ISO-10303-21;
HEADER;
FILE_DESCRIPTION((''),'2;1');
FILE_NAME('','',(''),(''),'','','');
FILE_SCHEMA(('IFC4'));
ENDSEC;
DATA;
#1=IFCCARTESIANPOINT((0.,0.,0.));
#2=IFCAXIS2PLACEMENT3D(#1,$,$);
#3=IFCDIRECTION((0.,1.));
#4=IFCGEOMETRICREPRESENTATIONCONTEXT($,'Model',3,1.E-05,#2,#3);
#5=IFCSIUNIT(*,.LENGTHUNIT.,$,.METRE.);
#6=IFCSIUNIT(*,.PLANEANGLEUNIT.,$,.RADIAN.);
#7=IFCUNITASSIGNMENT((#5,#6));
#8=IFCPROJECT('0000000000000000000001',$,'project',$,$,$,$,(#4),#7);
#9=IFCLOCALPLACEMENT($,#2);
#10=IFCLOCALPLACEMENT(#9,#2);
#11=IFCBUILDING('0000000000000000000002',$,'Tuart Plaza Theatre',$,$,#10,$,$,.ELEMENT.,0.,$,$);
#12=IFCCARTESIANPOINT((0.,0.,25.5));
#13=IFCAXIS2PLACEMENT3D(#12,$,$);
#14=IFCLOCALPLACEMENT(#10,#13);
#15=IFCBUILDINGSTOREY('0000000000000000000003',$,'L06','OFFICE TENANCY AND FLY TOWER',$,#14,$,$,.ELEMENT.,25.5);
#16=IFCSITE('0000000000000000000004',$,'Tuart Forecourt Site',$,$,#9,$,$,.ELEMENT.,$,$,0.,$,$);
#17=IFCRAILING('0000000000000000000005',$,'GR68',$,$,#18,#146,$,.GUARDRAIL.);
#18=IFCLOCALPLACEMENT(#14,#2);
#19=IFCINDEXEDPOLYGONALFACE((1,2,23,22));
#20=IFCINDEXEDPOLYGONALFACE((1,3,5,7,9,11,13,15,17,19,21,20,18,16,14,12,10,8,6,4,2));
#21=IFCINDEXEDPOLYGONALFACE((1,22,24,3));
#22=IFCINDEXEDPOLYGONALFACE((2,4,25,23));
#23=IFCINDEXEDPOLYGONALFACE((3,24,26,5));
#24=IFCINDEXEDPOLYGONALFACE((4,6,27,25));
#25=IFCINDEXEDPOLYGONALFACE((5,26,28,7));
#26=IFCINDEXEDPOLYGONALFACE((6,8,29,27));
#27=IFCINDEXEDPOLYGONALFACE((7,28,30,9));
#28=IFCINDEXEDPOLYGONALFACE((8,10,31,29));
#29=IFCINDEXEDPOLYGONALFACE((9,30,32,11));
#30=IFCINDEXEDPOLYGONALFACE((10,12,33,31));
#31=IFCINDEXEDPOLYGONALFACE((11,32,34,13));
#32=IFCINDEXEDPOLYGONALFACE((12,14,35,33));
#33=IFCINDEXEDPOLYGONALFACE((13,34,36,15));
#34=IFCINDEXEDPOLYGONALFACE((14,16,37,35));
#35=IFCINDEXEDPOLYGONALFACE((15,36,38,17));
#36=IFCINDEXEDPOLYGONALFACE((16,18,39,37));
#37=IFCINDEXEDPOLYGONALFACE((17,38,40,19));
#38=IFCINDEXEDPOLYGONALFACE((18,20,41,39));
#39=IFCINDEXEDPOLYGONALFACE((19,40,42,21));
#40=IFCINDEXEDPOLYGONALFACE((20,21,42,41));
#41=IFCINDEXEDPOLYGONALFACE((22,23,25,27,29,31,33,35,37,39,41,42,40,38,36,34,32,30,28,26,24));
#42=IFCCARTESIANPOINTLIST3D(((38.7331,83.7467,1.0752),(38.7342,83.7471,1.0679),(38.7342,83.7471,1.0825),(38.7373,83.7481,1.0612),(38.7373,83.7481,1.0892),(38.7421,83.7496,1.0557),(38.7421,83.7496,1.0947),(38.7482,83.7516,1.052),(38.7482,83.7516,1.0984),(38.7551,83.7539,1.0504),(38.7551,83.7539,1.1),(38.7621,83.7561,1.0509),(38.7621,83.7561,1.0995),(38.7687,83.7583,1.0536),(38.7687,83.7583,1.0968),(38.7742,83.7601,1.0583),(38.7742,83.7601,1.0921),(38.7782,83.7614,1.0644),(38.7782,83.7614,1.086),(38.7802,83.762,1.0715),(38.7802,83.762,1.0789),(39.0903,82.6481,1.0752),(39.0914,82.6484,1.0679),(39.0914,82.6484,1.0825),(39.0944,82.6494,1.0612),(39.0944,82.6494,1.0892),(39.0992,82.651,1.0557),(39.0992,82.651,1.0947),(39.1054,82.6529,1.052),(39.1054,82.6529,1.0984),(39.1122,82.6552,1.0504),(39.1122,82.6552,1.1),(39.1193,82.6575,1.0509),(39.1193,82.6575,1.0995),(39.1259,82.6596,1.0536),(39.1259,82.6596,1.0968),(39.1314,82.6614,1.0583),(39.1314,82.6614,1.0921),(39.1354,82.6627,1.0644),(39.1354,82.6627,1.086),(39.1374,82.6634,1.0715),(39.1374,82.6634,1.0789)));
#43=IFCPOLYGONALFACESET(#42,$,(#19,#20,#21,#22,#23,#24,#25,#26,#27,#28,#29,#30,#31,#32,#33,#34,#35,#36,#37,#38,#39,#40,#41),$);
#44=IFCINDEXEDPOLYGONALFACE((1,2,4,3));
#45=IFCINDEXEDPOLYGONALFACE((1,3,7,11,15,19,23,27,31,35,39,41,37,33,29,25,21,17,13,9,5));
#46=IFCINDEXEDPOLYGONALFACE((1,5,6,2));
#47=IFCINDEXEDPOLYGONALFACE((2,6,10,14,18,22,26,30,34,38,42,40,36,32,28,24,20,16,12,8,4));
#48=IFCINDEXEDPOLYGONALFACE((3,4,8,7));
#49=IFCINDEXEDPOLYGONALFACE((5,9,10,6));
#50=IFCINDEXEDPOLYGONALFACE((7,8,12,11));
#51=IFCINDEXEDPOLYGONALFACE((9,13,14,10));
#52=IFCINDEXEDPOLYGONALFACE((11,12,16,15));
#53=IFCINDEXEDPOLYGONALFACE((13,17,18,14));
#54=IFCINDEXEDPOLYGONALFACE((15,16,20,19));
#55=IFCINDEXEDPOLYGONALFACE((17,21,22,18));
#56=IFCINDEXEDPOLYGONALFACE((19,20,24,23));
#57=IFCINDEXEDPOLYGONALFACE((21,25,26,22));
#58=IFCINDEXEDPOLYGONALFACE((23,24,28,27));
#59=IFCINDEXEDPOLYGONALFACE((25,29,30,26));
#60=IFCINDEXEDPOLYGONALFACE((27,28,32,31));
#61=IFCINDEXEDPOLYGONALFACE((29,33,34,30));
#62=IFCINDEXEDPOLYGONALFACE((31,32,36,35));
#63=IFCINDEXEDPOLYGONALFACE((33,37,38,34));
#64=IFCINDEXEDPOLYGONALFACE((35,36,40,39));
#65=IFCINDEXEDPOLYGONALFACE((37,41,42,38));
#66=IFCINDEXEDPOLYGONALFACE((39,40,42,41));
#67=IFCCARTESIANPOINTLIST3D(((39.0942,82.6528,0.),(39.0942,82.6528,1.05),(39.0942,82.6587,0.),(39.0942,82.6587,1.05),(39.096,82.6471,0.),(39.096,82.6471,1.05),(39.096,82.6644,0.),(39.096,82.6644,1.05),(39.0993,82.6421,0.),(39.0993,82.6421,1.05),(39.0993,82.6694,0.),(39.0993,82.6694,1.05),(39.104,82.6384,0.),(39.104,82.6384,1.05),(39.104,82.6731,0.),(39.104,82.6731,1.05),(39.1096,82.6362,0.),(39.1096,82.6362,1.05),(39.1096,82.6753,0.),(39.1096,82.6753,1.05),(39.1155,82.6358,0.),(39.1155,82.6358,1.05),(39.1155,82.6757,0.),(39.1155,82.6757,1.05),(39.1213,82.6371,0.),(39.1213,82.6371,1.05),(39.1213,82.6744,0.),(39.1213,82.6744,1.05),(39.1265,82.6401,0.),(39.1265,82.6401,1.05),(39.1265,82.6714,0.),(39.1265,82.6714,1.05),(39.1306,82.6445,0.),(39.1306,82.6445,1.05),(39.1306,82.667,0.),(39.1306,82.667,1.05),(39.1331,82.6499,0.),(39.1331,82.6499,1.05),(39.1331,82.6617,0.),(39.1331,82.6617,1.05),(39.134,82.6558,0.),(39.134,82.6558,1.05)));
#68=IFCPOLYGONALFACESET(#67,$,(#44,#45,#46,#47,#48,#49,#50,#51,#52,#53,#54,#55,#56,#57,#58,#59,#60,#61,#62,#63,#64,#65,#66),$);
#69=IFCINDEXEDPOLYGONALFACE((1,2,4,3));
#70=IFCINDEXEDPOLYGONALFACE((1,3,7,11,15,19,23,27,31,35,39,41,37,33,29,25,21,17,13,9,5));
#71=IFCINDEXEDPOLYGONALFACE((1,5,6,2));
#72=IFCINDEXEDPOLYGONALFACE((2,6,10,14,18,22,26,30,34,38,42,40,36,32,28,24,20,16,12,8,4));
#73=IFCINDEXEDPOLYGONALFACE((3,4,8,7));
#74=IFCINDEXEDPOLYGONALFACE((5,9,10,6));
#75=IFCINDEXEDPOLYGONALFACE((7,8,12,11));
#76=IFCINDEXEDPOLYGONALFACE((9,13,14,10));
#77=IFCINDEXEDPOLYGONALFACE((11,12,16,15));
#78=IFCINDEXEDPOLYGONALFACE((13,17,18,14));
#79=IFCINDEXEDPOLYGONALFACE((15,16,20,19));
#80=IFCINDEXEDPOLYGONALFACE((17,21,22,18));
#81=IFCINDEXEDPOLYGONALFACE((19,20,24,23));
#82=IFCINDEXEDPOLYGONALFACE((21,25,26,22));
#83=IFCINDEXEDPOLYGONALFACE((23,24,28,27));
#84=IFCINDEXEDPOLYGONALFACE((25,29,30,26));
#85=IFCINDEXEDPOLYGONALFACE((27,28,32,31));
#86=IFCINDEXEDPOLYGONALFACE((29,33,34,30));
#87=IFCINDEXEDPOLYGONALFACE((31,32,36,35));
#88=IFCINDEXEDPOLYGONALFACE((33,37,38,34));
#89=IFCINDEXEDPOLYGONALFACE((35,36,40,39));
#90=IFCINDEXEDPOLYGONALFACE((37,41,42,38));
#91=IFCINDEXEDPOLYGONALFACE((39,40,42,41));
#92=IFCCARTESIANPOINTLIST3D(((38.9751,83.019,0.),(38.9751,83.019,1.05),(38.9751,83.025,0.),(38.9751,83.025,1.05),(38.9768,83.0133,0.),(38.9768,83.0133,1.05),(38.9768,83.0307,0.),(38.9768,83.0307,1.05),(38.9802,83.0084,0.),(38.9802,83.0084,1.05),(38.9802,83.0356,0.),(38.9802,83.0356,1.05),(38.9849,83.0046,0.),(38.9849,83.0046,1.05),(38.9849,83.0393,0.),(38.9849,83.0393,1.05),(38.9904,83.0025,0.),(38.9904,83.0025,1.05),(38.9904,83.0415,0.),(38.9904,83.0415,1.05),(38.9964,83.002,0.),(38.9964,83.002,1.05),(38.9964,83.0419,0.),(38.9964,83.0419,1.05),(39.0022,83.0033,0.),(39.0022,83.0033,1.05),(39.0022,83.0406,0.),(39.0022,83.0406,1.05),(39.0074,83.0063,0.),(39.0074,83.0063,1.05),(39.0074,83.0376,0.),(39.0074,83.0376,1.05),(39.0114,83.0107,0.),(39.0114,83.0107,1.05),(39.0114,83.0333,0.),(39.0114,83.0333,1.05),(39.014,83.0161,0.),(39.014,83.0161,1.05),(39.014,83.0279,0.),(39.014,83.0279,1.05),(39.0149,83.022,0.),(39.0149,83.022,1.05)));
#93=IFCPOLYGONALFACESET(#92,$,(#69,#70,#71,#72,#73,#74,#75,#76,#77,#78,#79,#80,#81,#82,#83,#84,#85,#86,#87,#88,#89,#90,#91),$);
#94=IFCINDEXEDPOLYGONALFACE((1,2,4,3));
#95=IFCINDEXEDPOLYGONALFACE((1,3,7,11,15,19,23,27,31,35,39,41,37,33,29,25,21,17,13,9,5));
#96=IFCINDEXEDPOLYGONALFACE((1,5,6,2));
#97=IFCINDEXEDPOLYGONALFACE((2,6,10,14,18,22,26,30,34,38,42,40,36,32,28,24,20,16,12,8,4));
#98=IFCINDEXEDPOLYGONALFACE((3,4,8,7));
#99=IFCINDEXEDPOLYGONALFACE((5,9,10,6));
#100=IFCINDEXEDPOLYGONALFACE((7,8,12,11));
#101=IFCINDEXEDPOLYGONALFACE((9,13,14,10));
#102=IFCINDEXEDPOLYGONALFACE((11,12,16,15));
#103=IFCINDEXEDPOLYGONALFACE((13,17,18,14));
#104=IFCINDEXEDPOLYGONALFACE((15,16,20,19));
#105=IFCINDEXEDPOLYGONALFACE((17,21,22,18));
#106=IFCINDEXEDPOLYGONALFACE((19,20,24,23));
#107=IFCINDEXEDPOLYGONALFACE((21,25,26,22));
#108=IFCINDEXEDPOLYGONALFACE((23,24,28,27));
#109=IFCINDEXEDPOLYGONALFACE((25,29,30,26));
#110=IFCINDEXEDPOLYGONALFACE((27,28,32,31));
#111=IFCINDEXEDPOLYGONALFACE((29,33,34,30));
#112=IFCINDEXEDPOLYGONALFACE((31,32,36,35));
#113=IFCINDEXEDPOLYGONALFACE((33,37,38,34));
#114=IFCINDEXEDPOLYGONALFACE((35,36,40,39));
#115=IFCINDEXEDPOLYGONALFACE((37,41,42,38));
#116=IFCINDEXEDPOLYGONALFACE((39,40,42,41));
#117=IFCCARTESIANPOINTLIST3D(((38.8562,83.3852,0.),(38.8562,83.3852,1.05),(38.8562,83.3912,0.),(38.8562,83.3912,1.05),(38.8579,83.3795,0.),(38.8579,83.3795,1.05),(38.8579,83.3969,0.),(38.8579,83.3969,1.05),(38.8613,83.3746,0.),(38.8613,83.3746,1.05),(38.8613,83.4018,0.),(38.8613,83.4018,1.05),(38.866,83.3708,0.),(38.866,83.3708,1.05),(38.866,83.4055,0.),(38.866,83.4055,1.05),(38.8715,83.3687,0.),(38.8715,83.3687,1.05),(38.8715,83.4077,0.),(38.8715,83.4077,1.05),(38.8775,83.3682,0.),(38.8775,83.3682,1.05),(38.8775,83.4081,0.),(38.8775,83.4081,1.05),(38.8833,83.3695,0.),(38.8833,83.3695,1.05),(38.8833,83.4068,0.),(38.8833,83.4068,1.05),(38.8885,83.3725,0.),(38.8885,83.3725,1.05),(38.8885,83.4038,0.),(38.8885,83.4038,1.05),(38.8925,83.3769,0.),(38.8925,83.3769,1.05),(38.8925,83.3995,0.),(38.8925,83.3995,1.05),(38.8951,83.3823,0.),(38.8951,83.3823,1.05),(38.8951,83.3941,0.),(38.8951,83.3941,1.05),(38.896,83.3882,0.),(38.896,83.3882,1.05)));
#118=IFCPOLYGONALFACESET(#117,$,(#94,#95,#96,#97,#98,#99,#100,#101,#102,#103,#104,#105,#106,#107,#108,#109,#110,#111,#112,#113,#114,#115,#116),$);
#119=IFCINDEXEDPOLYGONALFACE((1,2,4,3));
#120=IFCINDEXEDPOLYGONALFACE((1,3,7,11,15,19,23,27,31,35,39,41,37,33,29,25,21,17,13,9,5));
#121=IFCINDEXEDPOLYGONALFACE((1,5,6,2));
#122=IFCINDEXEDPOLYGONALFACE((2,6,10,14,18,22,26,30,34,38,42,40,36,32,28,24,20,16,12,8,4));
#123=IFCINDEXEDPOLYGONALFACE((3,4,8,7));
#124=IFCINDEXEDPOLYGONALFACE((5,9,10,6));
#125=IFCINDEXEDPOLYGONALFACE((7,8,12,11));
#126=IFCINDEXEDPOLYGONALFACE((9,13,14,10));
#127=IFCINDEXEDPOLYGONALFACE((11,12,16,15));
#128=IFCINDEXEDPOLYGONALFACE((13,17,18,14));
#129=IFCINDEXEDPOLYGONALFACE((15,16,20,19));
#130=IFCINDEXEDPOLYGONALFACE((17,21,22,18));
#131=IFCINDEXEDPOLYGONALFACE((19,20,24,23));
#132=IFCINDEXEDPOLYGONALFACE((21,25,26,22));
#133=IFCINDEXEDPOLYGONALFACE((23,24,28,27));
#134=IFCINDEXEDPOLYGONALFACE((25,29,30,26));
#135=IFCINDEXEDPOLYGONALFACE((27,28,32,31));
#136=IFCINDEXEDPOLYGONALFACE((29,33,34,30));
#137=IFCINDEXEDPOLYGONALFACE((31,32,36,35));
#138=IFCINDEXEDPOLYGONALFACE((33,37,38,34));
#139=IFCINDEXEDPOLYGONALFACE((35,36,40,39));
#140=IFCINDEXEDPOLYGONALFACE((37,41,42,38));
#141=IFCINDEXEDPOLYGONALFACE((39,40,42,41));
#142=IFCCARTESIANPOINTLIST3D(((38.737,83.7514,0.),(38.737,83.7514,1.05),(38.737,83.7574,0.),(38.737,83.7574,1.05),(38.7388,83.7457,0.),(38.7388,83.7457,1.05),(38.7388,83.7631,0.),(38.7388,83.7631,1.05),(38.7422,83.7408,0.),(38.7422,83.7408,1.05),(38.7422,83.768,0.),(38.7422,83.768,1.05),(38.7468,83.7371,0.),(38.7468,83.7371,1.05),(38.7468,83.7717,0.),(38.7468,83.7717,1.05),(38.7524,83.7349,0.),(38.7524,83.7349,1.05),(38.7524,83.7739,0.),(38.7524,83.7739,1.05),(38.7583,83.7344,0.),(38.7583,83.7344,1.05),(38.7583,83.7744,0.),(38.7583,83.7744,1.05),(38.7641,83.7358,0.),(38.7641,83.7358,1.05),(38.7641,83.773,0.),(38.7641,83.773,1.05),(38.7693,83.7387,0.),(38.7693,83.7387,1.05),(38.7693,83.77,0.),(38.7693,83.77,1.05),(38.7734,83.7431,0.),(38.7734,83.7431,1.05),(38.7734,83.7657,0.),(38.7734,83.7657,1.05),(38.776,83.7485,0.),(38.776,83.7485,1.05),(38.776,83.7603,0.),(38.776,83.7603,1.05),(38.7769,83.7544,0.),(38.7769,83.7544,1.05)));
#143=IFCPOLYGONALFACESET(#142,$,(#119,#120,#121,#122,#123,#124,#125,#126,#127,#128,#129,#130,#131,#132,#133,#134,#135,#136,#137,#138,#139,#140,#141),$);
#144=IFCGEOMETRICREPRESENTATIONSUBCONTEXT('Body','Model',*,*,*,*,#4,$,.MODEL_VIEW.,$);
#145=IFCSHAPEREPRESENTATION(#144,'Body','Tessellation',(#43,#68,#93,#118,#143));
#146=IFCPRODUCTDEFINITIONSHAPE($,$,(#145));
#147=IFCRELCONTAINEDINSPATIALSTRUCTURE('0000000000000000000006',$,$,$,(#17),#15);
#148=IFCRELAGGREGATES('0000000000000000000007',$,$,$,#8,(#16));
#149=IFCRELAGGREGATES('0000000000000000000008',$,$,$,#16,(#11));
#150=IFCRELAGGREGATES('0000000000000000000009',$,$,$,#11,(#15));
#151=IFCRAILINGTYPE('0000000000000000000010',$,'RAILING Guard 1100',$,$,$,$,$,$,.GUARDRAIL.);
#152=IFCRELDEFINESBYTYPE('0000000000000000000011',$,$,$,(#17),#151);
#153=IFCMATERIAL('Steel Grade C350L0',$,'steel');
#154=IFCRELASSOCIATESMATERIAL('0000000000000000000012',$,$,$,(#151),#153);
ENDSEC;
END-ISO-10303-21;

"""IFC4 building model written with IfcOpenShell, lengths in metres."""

from ifc_helpers import new_model, si_unit, direction, frame, origin, origin_2d, place, context, subcontext, project, spatial, circle, extrude, material, type_object, element, save


model = new_model("IFC4")

# Units and contexts
model_context = context("Model", 3, precision=1e-05, world=origin(), true_north=direction((0.0, 1.0)))
body_context = subcontext(model_context, "Body", "Model", "MODEL_VIEW")
ifc_project = project(units=[si_unit("LENGTHUNIT", "METRE"), si_unit("PLANEANGLEUNIT", "RADIAN")], contexts=[model_context])

# Site, building, storey
site_placement = place(None, origin())
site = spatial("IfcSite", under=ifc_project, at=site_placement, Name="Tuart Forecourt Site", CompositionType="ELEMENT", RefElevation=0.0)
building_placement = place(site_placement, origin())
building = spatial("IfcBuilding", under=site, at=building_placement, Name="Tuart Plaza Theatre", CompositionType="ELEMENT", ElevationOfRefHeight=0.0)
storey_placement = place(building_placement, frame((0.0, 0.0, 25.5)))
storey = spatial("IfcBuildingStorey", under=building, at=storey_placement, Name="L06", Description="OFFICE TENANCY AND FLY TOWER", CompositionType="ELEMENT", Elevation=25.5)

# Railing
ifc_material_1 = material(Name="Steel Grade C350L0", Category="steel")
railing_type = type_object("IfcRailingType", Name="RAILING Guard 1100", PredefinedType="GUARDRAIL", material=ifc_material_1)
railing_placement = place(storey_placement, frame((39.114, 82.6558, 0.0)))
element("IfcRailing", 1, at=railing_placement, inside=storey, type_object=railing_type, Name="GR68", PredefinedType="GUARDRAIL", context=body_context, shape_type="SweptSolid", body=[
    extrude(circle(Radius=0.0249, at=origin_2d()), frame((0.0, 0.0, 1.0752), z_axis=(-0.309182, 0.951003, 0.0), x_axis=(-0.951003, -0.309182, 0.0)), (0.0, 0.0, 1.0), 1.1553),
    extrude(circle(Radius=0.02, at=origin_2d()), origin(), (0.0, 0.0, 1.0), 1.05),
    extrude(circle(Radius=0.02, at=origin_2d()), frame((-0.1191, 0.3662, 0.0)), (0.0, 0.0, 1.0), 1.05),
    extrude(circle(Radius=0.02, at=origin_2d()), frame((-0.238, 0.7324, 0.0)), (0.0, 0.0, 1.0), 1.05),
    extrude(circle(Radius=0.02, at=origin_2d()), frame((-0.3572, 1.0986, 0.0)), (0.0, 0.0, 1.0), 1.05),
])

save(model, "model.ifc")
